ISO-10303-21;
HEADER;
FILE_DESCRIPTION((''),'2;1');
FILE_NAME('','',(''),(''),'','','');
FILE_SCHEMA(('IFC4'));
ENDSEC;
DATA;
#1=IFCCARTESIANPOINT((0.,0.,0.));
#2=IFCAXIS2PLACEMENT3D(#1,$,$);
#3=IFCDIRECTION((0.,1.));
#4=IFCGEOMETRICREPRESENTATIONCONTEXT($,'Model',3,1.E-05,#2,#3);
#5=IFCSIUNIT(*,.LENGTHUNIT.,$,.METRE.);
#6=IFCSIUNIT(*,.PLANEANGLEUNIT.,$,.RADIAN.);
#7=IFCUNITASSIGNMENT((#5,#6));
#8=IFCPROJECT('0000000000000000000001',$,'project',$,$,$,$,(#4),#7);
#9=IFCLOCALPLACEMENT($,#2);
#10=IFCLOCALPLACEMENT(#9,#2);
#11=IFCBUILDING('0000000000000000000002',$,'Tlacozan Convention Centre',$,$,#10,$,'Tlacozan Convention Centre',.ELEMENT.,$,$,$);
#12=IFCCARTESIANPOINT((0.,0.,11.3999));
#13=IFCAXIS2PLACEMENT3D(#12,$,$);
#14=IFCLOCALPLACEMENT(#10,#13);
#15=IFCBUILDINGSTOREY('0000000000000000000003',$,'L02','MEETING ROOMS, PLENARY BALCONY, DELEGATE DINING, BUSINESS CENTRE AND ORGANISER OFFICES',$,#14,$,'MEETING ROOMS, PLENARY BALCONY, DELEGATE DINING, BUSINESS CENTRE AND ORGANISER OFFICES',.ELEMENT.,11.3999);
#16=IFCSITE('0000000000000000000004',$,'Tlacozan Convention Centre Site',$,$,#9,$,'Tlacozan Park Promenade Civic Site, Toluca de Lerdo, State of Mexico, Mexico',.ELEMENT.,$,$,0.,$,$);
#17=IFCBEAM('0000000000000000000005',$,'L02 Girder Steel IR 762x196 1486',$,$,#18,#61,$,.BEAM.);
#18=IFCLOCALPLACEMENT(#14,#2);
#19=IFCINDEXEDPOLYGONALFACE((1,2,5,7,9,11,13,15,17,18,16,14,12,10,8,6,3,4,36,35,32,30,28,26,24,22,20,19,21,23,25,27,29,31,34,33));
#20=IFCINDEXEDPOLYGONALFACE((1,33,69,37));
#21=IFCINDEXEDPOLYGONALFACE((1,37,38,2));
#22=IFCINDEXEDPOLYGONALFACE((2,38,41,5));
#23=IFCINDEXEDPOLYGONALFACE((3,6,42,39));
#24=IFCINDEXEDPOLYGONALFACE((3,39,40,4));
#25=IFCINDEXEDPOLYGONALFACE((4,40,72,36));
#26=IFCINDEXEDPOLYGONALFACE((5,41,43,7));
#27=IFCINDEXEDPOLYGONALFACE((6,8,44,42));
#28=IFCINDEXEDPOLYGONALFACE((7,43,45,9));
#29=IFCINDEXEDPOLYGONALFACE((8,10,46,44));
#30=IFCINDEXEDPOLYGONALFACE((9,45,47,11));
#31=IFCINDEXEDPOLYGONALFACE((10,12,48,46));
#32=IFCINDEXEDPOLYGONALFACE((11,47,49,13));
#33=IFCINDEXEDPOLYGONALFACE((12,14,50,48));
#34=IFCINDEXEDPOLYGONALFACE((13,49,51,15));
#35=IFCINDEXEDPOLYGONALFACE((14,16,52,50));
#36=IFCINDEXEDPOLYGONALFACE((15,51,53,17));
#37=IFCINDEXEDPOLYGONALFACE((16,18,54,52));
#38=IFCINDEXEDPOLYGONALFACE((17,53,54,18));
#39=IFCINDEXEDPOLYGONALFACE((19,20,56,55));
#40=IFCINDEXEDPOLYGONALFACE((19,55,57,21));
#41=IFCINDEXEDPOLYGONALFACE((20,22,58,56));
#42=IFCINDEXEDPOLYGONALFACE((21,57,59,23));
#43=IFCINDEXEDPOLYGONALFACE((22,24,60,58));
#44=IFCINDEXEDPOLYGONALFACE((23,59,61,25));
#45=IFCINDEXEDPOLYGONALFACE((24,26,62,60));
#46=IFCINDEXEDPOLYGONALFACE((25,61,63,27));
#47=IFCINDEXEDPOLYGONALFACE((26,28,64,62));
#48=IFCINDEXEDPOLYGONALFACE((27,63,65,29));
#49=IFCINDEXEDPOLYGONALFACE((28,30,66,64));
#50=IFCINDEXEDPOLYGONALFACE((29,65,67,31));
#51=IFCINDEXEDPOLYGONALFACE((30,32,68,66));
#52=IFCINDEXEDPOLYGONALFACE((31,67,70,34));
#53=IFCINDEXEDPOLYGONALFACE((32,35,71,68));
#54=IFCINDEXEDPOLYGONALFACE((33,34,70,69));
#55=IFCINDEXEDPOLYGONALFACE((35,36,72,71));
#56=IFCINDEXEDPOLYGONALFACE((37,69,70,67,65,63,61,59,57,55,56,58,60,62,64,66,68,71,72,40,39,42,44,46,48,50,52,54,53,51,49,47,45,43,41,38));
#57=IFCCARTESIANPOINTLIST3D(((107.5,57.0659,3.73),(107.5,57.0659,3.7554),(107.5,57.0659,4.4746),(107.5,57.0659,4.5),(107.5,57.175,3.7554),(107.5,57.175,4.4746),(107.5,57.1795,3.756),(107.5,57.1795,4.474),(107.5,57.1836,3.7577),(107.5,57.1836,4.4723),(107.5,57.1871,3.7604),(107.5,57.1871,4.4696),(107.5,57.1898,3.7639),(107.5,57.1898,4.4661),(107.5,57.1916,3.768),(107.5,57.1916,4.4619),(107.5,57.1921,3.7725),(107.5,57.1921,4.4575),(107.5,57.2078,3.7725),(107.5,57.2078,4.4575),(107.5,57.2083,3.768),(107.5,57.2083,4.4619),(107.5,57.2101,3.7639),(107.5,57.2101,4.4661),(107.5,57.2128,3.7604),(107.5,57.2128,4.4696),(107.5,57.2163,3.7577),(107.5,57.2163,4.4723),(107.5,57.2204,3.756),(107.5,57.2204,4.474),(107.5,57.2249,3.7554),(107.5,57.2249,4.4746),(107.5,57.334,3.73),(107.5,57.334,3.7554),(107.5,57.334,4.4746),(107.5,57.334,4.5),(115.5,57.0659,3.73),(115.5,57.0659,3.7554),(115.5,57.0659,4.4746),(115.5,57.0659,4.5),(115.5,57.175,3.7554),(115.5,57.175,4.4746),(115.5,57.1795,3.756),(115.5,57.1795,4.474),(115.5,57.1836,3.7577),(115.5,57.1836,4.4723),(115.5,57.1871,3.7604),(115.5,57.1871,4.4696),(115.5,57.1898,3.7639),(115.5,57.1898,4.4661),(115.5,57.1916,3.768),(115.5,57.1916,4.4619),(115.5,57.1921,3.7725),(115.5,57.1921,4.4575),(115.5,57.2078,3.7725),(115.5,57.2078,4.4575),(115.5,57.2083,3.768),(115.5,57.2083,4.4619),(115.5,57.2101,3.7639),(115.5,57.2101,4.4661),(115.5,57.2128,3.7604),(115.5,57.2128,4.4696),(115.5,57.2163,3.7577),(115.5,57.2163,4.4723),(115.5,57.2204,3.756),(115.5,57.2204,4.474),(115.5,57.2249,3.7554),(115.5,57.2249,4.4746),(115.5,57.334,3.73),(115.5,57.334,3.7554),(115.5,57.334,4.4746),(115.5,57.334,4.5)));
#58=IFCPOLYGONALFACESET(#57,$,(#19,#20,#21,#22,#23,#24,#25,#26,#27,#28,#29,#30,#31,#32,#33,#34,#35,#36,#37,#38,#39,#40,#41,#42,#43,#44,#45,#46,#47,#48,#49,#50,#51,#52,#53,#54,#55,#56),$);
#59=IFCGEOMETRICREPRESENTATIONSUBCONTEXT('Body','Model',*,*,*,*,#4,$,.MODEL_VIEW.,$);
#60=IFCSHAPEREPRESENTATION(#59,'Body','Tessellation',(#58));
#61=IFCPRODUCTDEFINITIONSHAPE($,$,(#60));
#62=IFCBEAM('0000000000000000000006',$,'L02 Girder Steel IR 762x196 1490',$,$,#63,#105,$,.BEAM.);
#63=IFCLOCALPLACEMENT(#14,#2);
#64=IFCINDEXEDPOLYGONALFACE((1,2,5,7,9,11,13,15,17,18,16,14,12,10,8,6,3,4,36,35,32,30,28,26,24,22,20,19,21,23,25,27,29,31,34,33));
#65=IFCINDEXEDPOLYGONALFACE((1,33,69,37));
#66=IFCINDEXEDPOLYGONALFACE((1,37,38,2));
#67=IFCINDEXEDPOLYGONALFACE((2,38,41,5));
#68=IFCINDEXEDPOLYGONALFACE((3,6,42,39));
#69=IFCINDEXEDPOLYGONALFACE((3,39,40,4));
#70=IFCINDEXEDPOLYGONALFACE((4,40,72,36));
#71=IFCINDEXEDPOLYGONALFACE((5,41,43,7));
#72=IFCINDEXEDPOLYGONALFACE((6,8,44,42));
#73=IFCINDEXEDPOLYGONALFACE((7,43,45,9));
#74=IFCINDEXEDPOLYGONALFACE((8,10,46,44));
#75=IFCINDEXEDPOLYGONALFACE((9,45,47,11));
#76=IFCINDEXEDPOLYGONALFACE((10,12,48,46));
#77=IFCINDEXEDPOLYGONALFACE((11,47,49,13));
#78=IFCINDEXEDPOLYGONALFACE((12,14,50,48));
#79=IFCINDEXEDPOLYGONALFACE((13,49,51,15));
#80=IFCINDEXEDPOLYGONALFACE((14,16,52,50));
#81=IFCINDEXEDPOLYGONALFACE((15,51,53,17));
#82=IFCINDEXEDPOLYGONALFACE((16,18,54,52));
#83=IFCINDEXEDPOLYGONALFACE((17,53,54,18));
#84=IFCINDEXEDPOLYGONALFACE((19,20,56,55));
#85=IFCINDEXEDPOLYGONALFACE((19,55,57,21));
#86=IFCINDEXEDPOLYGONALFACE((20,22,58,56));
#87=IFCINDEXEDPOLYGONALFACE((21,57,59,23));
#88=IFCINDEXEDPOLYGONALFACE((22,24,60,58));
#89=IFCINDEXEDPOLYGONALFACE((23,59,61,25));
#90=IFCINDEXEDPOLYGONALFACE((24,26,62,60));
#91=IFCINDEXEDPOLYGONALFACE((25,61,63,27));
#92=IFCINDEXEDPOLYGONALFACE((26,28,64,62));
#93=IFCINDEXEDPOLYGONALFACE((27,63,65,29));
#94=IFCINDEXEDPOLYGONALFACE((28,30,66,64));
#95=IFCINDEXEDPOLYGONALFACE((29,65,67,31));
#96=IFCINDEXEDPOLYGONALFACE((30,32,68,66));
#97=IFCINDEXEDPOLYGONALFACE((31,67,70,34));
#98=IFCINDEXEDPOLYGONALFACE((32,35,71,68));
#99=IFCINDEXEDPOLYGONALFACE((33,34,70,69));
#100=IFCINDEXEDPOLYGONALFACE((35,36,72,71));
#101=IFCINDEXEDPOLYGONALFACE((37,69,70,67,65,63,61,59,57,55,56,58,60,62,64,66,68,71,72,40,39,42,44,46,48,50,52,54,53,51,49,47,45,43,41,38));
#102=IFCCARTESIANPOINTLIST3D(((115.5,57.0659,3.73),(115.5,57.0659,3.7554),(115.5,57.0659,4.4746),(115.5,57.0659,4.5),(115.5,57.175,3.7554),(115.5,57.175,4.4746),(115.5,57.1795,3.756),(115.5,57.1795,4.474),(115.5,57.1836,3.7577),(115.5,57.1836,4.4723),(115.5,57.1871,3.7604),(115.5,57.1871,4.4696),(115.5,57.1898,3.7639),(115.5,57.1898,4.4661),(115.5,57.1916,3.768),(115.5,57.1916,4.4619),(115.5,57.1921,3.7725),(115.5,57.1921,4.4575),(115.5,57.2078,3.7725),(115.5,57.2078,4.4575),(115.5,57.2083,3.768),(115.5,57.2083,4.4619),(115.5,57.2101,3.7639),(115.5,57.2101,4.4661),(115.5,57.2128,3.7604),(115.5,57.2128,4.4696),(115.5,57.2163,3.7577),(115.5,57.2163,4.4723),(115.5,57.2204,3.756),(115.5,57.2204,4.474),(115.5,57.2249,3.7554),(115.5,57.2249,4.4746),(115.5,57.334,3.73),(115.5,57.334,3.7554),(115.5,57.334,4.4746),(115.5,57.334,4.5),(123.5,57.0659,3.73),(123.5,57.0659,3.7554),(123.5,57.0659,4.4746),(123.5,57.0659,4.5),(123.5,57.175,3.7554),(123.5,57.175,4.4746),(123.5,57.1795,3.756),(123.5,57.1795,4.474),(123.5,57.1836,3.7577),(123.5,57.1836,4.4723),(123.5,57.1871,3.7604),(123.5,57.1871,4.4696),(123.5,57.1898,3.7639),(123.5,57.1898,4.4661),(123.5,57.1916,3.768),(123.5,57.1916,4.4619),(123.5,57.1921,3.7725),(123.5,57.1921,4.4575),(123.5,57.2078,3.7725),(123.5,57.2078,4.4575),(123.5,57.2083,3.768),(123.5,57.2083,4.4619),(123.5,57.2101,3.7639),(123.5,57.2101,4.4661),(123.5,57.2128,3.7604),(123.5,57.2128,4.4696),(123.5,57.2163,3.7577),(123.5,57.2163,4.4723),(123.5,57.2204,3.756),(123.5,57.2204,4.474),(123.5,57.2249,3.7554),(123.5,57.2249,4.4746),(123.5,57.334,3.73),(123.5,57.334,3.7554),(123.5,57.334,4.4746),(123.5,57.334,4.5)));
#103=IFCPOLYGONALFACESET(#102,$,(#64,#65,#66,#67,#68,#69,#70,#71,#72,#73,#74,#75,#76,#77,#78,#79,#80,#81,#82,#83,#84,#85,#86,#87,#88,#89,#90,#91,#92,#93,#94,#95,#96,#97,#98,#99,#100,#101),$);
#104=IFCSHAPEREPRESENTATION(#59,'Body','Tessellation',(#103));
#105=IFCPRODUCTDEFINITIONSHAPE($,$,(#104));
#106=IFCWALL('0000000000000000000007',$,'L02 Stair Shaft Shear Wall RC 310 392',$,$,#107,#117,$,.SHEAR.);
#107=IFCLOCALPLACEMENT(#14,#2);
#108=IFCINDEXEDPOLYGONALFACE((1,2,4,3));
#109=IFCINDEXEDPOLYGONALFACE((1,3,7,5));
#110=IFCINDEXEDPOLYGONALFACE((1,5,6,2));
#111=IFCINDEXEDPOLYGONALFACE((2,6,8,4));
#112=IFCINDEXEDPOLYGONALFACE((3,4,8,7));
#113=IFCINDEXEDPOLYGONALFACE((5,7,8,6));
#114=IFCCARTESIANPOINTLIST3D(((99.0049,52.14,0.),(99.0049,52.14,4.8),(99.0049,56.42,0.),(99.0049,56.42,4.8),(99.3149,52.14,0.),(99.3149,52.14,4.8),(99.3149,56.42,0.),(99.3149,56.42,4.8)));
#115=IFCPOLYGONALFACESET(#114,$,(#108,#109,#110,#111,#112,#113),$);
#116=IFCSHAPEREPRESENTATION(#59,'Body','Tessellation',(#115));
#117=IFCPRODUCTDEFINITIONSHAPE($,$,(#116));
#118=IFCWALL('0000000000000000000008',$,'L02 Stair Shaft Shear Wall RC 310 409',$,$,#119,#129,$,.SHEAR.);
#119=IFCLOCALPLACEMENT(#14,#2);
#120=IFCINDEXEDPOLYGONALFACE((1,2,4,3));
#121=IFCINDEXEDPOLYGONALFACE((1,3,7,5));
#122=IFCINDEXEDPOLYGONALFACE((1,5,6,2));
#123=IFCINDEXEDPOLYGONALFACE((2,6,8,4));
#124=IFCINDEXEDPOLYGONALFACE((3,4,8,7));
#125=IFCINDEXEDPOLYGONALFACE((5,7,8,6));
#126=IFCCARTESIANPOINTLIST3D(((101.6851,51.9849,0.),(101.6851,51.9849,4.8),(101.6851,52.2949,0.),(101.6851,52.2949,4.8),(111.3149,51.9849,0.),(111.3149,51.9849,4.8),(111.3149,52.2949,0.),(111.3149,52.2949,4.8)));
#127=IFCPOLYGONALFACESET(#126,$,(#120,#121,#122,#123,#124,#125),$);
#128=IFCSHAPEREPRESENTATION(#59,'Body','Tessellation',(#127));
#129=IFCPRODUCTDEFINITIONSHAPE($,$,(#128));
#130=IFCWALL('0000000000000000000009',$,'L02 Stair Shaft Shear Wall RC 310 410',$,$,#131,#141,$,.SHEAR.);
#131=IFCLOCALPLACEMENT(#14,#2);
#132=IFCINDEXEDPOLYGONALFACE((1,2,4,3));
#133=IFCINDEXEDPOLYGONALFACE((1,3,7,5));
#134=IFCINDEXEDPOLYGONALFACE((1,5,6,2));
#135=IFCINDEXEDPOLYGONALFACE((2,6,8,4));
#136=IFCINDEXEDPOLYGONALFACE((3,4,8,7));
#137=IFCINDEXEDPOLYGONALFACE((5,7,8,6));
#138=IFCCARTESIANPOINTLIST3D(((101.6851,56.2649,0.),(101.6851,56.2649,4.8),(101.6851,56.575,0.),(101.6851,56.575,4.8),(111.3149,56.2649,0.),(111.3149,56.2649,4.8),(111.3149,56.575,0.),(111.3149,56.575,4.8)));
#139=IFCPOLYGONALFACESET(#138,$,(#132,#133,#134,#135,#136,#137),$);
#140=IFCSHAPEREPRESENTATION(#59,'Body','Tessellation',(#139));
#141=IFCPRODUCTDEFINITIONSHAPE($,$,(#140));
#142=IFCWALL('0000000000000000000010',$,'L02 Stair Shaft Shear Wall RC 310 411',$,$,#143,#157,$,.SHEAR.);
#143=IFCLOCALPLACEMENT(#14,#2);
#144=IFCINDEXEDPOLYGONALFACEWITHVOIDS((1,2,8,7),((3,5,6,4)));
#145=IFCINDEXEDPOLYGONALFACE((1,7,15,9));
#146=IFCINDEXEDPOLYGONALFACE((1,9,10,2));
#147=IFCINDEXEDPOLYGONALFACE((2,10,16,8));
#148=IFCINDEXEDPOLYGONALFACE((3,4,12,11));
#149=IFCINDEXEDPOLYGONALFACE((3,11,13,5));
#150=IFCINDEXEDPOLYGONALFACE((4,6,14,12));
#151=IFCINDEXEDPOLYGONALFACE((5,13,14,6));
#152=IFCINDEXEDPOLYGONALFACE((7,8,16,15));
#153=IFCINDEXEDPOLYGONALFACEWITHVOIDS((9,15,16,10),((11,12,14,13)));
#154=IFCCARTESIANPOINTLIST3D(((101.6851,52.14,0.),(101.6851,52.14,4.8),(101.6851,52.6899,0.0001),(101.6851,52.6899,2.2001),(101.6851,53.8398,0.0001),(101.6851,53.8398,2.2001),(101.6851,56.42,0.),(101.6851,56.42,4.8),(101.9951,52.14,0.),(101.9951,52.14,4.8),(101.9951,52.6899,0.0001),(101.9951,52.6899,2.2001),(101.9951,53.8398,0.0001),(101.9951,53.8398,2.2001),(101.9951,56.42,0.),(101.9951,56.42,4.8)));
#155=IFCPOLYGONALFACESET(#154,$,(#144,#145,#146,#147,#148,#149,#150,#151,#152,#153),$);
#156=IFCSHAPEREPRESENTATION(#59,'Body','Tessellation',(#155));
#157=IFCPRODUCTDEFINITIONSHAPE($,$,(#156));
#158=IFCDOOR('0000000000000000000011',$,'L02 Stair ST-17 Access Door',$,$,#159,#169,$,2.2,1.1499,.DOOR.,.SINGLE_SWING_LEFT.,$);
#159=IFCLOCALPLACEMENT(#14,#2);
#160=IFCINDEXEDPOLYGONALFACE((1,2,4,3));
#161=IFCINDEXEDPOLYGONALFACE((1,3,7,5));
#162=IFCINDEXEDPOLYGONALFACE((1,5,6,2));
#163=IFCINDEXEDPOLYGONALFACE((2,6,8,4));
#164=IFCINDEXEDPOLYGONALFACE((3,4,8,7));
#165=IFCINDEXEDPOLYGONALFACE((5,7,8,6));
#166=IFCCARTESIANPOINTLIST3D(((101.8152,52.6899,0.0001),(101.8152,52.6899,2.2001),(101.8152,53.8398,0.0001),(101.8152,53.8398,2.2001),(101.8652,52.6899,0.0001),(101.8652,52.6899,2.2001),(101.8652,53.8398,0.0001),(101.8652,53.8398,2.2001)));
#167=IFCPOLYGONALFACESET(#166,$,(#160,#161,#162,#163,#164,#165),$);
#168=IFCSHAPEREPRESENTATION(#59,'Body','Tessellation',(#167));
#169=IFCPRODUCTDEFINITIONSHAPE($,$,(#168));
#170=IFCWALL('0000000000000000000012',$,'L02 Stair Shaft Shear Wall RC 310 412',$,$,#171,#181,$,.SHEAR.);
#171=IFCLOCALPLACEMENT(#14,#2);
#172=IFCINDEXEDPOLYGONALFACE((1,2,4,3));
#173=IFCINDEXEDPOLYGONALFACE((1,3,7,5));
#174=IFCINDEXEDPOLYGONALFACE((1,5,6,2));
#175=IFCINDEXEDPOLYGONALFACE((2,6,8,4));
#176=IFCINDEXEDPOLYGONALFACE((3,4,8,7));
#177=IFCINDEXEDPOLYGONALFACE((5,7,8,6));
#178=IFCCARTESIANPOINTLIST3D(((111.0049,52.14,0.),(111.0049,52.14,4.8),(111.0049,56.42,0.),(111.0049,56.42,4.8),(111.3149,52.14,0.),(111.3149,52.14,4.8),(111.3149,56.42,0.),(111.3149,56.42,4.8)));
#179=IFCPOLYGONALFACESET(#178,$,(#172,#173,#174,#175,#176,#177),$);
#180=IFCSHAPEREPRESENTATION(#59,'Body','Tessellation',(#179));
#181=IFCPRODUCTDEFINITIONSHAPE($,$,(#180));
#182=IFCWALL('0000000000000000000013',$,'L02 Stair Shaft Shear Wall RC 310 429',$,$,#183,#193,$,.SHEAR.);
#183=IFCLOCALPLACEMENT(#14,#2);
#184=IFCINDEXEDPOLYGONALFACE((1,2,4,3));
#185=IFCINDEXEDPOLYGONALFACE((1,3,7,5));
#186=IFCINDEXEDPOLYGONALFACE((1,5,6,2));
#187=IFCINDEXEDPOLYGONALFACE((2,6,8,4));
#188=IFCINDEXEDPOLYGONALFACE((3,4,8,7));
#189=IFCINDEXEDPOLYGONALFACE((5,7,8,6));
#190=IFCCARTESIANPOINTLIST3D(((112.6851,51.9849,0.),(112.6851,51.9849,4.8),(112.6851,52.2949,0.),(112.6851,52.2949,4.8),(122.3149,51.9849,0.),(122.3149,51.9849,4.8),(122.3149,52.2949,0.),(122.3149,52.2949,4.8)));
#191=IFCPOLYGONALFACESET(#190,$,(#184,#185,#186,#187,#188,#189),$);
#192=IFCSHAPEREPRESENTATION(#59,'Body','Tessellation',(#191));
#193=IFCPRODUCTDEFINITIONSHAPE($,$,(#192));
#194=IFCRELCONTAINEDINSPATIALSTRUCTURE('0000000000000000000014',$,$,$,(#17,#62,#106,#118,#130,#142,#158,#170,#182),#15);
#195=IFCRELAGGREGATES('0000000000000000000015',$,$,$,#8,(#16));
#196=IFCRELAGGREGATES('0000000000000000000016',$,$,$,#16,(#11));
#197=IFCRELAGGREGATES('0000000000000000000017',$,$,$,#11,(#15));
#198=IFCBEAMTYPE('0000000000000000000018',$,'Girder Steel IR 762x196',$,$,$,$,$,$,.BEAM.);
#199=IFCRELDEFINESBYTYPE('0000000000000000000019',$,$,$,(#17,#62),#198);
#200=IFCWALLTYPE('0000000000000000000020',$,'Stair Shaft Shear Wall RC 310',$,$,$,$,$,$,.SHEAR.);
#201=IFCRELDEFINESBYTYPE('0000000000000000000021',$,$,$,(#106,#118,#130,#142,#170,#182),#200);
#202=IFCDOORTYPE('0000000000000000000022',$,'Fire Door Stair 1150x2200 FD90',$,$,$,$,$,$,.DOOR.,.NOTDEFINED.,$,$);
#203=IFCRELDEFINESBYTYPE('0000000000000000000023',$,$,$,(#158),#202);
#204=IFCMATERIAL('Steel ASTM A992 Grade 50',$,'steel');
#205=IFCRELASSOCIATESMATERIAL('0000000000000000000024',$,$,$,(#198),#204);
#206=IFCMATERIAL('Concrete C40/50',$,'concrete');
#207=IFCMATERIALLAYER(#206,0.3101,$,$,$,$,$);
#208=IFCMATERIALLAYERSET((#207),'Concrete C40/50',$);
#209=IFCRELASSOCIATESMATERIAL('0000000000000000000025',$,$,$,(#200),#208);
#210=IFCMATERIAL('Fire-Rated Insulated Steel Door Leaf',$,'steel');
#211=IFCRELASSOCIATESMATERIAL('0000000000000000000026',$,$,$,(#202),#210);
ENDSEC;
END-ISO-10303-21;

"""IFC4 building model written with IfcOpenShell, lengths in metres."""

from ifc_helpers import new_model, si_unit, direction, frame, frame_2d, origin, origin_2d, place, context, subcontext, project, spatial, rectangle, i_section, extrude, material, layer, layer_set, material_profile, profile_set, type_object, element, fill, save


model = new_model("IFC4")

# Units and contexts
model_context = context("Model", 3, precision=1e-05, world=origin(), true_north=direction((0.0, 1.0)))
body_context = subcontext(model_context, "Body", "Model", "MODEL_VIEW")
ifc_project = project(units=[si_unit("LENGTHUNIT", "METRE"), si_unit("PLANEANGLEUNIT", "RADIAN")], contexts=[model_context])

# Site, building, storey
site_placement = place(None, origin())
site = spatial("IfcSite", under=ifc_project, at=site_placement, Name="Tlacozan Convention Centre Site", LongName="Tlacozan Park Promenade Civic Site, Toluca de Lerdo, State of Mexico, Mexico", CompositionType="ELEMENT", RefElevation=0.0)
building_placement = place(site_placement, origin())
building = spatial("IfcBuilding", under=site, at=building_placement, Name="Tlacozan Convention Centre", LongName="Tlacozan Convention Centre", CompositionType="ELEMENT")
storey_placement = place(building_placement, frame((0.0, 0.0, 11.3999)))
storey = spatial("IfcBuildingStorey", under=building, at=storey_placement, Name="L02", Description="MEETING ROOMS, PLENARY BALCONY, DELEGATE DINING, BUSINESS CENTRE AND ORGANISER OFFICES", LongName="MEETING ROOMS, PLENARY BALCONY, DELEGATE DINING, BUSINESS CENTRE AND ORGANISER OFFICES", CompositionType="ELEMENT", Elevation=11.3999)

# Shared definitions
ifc_material_1 = material(Name="Steel ASTM A992 Grade 50", Category="steel")

# Beams
ifc_material_profile_1 = material_profile(ifc_material_1, i_section(OverallWidth=0.2681, OverallDepth=0.77, WebThickness=0.0156, FlangeThickness=0.0254, FilletRadius=0.0171, at=origin_2d()), Name="IR 762x196.0")
ifc_profile_set_1 = profile_set([ifc_material_profile_1], Name="Steel ASTM A992 Grade 50")
beam_type = type_object("IfcBeamType", Name="Girder Steel IR 762x196", PredefinedType="BEAM", material=ifc_profile_set_1)
for number, where, z_axis, x_axis, name in (
    (1, (107.5, 57.2, 4.115), (1.0, 0.0, 0.0), (0.0, 1.0, 0.0), "L02 Girder Steel IR 762x196 1486"),
    (2, (115.5, 57.2, 4.115), (1.0, 0.0, 0.0), (0.0, 1.0, 0.0), "L02 Girder Steel IR 762x196 1490"),
):
    element("IfcBeam", number, at=place(storey_placement, frame(where, z_axis=z_axis, x_axis=x_axis)), inside=storey, type_object=beam_type, Name=name, PredefinedType="BEAM", context=body_context, shape_type="SweptSolid", body=[
        extrude(i_section(OverallWidth=0.2681, OverallDepth=0.77, WebThickness=0.0156, FlangeThickness=0.0254, FilletRadius=0.0171, at=origin_2d()), origin(), (0.0, 0.0, 1.0), 8.0),
    ])

# Walls
ifc_material_2 = material(Name="Concrete C40/50", Category="concrete")
ifc_layer = layer(ifc_material_2, 0.3101)
ifc_layer_set = layer_set([ifc_layer], Name="Concrete C40/50")
wall_type = type_object("IfcWallType", Name="Stair Shaft Shear Wall RC 310", PredefinedType="SHEAR", material=ifc_layer_set)
wall_1_placement = place(storey_placement, frame((99.1599, 52.1399, 0.0), z_axis=(0.0, 0.0, 1.0), x_axis=(0.0, 1.0, 0.0)))
element("IfcWall", 3, at=wall_1_placement, inside=storey, type_object=wall_type, Name="L02 Stair Shaft Shear Wall RC 310 392", PredefinedType="SHEAR", context=body_context, shape_type="SweptSolid", body=[
    extrude(rectangle(XDim=4.28, YDim=0.3101, at=frame_2d((2.1401, 0.0))), origin(), (0.0, 0.0, 1.0), 4.8),
])
for number, where, z_axis, x_axis, name in (
    (4, (101.6851, 52.1399, 0.0), (0.0, 0.0, 1.0), (1.0, 0.0, 0.0), "L02 Stair Shaft Shear Wall RC 310 409"),
    (5, (101.6851, 56.4199, 0.0), (0.0, 0.0, 1.0), (1.0, 0.0, 0.0), "L02 Stair Shaft Shear Wall RC 310 410"),
):
    element("IfcWall", number, at=place(storey_placement, frame(where, z_axis=z_axis, x_axis=x_axis)), inside=storey, type_object=wall_type, Name=name, PredefinedType="SHEAR", context=body_context, shape_type="SweptSolid", body=[
        extrude(rectangle(XDim=9.6299, YDim=0.3101, at=frame_2d((4.8149, 0.0))), origin(), (0.0, 0.0, 1.0), 4.8),
    ])

# Wall, opening, door
wall_2_placement = place(storey_placement, frame((101.8401, 52.1399, 0.0), z_axis=(0.0, 0.0, 1.0), x_axis=(0.0, 1.0, 0.0)))
wall_2 = element("IfcWall", 6, at=wall_2_placement, inside=storey, type_object=wall_type, Name="L02 Stair Shaft Shear Wall RC 310 411", PredefinedType="SHEAR", context=body_context, shape_type="SweptSolid", body=[
    extrude(rectangle(XDim=4.28, YDim=0.3101, at=frame_2d((2.1401, 0.0))), origin(), (0.0, 0.0, 1.0), 4.8),
])
opening_1_placement = place(wall_2_placement, frame((0.55, 0.0, 0.0)))
opening_1 = element("IfcOpeningElement", 7, at=opening_1_placement, cuts=wall_2, PredefinedType="OPENING", context=body_context, shape_type="SweptSolid", body=[
    extrude(rectangle(XDim=1.1499, YDim=2.2, at=frame_2d((0.575, 1.1001))), frame((0.0, 0.165, 0.0), z_axis=(0.0, -1.0, 0.0), x_axis=(1.0, 0.0, 0.0)), (0.0, 0.0, 1.0), 0.3301),
])
ifc_material_3 = material(Name="Fire-Rated Insulated Steel Door Leaf", Category="steel")
door_type = type_object("IfcDoorType", Name="Fire Door Stair 1150x2200 FD90", OperationType="NOTDEFINED", PredefinedType="DOOR", material=ifc_material_3)
door_1_placement = place(opening_1_placement, origin())
door_1 = element("IfcDoor", 8, at=door_1_placement, inside=storey, type_object=door_type, Name="L02 Stair ST-17 Access Door", OperationType="SINGLE_SWING_LEFT", OverallHeight=2.2, OverallWidth=1.1499, PredefinedType="DOOR", context=body_context, shape_type="SweptSolid", body=[
    extrude(rectangle(XDim=1.1499, YDim=2.2, at=frame_2d((0.575, 1.1001))), frame((0.0, 0.0249, 0.0), z_axis=(0.0, -1.0, 0.0), x_axis=(1.0, 0.0, 0.0)), (0.0, 0.0, 1.0), 0.05),
])
fill(opening_1, door_1)

# Walls
wall_3_placement = place(storey_placement, frame((111.1599, 52.1399, 0.0), z_axis=(0.0, 0.0, 1.0), x_axis=(0.0, 1.0, 0.0)))
element("IfcWall", 9, at=wall_3_placement, inside=storey, type_object=wall_type, Name="L02 Stair Shaft Shear Wall RC 310 412", PredefinedType="SHEAR", context=body_context, shape_type="SweptSolid", body=[
    extrude(rectangle(XDim=4.28, YDim=0.3101, at=frame_2d((2.1401, 0.0))), origin(), (0.0, 0.0, 1.0), 4.8),
])
for number, where, z_axis, x_axis, name in (
    (10, (112.6851, 52.1399, 0.0), (0.0, 0.0, 1.0), (1.0, 0.0, 0.0), "L02 Stair Shaft Shear Wall RC 310 429"),
):
    element("IfcWall", number, at=place(storey_placement, frame(where, z_axis=z_axis, x_axis=x_axis)), inside=storey, type_object=wall_type, Name=name, PredefinedType="SHEAR", context=body_context, shape_type="SweptSolid", body=[
        extrude(rectangle(XDim=9.6299, YDim=0.3101, at=frame_2d((4.8149, 0.0))), origin(), (0.0, 0.0, 1.0), 4.8),
    ])

save(model, "model.ifc")
